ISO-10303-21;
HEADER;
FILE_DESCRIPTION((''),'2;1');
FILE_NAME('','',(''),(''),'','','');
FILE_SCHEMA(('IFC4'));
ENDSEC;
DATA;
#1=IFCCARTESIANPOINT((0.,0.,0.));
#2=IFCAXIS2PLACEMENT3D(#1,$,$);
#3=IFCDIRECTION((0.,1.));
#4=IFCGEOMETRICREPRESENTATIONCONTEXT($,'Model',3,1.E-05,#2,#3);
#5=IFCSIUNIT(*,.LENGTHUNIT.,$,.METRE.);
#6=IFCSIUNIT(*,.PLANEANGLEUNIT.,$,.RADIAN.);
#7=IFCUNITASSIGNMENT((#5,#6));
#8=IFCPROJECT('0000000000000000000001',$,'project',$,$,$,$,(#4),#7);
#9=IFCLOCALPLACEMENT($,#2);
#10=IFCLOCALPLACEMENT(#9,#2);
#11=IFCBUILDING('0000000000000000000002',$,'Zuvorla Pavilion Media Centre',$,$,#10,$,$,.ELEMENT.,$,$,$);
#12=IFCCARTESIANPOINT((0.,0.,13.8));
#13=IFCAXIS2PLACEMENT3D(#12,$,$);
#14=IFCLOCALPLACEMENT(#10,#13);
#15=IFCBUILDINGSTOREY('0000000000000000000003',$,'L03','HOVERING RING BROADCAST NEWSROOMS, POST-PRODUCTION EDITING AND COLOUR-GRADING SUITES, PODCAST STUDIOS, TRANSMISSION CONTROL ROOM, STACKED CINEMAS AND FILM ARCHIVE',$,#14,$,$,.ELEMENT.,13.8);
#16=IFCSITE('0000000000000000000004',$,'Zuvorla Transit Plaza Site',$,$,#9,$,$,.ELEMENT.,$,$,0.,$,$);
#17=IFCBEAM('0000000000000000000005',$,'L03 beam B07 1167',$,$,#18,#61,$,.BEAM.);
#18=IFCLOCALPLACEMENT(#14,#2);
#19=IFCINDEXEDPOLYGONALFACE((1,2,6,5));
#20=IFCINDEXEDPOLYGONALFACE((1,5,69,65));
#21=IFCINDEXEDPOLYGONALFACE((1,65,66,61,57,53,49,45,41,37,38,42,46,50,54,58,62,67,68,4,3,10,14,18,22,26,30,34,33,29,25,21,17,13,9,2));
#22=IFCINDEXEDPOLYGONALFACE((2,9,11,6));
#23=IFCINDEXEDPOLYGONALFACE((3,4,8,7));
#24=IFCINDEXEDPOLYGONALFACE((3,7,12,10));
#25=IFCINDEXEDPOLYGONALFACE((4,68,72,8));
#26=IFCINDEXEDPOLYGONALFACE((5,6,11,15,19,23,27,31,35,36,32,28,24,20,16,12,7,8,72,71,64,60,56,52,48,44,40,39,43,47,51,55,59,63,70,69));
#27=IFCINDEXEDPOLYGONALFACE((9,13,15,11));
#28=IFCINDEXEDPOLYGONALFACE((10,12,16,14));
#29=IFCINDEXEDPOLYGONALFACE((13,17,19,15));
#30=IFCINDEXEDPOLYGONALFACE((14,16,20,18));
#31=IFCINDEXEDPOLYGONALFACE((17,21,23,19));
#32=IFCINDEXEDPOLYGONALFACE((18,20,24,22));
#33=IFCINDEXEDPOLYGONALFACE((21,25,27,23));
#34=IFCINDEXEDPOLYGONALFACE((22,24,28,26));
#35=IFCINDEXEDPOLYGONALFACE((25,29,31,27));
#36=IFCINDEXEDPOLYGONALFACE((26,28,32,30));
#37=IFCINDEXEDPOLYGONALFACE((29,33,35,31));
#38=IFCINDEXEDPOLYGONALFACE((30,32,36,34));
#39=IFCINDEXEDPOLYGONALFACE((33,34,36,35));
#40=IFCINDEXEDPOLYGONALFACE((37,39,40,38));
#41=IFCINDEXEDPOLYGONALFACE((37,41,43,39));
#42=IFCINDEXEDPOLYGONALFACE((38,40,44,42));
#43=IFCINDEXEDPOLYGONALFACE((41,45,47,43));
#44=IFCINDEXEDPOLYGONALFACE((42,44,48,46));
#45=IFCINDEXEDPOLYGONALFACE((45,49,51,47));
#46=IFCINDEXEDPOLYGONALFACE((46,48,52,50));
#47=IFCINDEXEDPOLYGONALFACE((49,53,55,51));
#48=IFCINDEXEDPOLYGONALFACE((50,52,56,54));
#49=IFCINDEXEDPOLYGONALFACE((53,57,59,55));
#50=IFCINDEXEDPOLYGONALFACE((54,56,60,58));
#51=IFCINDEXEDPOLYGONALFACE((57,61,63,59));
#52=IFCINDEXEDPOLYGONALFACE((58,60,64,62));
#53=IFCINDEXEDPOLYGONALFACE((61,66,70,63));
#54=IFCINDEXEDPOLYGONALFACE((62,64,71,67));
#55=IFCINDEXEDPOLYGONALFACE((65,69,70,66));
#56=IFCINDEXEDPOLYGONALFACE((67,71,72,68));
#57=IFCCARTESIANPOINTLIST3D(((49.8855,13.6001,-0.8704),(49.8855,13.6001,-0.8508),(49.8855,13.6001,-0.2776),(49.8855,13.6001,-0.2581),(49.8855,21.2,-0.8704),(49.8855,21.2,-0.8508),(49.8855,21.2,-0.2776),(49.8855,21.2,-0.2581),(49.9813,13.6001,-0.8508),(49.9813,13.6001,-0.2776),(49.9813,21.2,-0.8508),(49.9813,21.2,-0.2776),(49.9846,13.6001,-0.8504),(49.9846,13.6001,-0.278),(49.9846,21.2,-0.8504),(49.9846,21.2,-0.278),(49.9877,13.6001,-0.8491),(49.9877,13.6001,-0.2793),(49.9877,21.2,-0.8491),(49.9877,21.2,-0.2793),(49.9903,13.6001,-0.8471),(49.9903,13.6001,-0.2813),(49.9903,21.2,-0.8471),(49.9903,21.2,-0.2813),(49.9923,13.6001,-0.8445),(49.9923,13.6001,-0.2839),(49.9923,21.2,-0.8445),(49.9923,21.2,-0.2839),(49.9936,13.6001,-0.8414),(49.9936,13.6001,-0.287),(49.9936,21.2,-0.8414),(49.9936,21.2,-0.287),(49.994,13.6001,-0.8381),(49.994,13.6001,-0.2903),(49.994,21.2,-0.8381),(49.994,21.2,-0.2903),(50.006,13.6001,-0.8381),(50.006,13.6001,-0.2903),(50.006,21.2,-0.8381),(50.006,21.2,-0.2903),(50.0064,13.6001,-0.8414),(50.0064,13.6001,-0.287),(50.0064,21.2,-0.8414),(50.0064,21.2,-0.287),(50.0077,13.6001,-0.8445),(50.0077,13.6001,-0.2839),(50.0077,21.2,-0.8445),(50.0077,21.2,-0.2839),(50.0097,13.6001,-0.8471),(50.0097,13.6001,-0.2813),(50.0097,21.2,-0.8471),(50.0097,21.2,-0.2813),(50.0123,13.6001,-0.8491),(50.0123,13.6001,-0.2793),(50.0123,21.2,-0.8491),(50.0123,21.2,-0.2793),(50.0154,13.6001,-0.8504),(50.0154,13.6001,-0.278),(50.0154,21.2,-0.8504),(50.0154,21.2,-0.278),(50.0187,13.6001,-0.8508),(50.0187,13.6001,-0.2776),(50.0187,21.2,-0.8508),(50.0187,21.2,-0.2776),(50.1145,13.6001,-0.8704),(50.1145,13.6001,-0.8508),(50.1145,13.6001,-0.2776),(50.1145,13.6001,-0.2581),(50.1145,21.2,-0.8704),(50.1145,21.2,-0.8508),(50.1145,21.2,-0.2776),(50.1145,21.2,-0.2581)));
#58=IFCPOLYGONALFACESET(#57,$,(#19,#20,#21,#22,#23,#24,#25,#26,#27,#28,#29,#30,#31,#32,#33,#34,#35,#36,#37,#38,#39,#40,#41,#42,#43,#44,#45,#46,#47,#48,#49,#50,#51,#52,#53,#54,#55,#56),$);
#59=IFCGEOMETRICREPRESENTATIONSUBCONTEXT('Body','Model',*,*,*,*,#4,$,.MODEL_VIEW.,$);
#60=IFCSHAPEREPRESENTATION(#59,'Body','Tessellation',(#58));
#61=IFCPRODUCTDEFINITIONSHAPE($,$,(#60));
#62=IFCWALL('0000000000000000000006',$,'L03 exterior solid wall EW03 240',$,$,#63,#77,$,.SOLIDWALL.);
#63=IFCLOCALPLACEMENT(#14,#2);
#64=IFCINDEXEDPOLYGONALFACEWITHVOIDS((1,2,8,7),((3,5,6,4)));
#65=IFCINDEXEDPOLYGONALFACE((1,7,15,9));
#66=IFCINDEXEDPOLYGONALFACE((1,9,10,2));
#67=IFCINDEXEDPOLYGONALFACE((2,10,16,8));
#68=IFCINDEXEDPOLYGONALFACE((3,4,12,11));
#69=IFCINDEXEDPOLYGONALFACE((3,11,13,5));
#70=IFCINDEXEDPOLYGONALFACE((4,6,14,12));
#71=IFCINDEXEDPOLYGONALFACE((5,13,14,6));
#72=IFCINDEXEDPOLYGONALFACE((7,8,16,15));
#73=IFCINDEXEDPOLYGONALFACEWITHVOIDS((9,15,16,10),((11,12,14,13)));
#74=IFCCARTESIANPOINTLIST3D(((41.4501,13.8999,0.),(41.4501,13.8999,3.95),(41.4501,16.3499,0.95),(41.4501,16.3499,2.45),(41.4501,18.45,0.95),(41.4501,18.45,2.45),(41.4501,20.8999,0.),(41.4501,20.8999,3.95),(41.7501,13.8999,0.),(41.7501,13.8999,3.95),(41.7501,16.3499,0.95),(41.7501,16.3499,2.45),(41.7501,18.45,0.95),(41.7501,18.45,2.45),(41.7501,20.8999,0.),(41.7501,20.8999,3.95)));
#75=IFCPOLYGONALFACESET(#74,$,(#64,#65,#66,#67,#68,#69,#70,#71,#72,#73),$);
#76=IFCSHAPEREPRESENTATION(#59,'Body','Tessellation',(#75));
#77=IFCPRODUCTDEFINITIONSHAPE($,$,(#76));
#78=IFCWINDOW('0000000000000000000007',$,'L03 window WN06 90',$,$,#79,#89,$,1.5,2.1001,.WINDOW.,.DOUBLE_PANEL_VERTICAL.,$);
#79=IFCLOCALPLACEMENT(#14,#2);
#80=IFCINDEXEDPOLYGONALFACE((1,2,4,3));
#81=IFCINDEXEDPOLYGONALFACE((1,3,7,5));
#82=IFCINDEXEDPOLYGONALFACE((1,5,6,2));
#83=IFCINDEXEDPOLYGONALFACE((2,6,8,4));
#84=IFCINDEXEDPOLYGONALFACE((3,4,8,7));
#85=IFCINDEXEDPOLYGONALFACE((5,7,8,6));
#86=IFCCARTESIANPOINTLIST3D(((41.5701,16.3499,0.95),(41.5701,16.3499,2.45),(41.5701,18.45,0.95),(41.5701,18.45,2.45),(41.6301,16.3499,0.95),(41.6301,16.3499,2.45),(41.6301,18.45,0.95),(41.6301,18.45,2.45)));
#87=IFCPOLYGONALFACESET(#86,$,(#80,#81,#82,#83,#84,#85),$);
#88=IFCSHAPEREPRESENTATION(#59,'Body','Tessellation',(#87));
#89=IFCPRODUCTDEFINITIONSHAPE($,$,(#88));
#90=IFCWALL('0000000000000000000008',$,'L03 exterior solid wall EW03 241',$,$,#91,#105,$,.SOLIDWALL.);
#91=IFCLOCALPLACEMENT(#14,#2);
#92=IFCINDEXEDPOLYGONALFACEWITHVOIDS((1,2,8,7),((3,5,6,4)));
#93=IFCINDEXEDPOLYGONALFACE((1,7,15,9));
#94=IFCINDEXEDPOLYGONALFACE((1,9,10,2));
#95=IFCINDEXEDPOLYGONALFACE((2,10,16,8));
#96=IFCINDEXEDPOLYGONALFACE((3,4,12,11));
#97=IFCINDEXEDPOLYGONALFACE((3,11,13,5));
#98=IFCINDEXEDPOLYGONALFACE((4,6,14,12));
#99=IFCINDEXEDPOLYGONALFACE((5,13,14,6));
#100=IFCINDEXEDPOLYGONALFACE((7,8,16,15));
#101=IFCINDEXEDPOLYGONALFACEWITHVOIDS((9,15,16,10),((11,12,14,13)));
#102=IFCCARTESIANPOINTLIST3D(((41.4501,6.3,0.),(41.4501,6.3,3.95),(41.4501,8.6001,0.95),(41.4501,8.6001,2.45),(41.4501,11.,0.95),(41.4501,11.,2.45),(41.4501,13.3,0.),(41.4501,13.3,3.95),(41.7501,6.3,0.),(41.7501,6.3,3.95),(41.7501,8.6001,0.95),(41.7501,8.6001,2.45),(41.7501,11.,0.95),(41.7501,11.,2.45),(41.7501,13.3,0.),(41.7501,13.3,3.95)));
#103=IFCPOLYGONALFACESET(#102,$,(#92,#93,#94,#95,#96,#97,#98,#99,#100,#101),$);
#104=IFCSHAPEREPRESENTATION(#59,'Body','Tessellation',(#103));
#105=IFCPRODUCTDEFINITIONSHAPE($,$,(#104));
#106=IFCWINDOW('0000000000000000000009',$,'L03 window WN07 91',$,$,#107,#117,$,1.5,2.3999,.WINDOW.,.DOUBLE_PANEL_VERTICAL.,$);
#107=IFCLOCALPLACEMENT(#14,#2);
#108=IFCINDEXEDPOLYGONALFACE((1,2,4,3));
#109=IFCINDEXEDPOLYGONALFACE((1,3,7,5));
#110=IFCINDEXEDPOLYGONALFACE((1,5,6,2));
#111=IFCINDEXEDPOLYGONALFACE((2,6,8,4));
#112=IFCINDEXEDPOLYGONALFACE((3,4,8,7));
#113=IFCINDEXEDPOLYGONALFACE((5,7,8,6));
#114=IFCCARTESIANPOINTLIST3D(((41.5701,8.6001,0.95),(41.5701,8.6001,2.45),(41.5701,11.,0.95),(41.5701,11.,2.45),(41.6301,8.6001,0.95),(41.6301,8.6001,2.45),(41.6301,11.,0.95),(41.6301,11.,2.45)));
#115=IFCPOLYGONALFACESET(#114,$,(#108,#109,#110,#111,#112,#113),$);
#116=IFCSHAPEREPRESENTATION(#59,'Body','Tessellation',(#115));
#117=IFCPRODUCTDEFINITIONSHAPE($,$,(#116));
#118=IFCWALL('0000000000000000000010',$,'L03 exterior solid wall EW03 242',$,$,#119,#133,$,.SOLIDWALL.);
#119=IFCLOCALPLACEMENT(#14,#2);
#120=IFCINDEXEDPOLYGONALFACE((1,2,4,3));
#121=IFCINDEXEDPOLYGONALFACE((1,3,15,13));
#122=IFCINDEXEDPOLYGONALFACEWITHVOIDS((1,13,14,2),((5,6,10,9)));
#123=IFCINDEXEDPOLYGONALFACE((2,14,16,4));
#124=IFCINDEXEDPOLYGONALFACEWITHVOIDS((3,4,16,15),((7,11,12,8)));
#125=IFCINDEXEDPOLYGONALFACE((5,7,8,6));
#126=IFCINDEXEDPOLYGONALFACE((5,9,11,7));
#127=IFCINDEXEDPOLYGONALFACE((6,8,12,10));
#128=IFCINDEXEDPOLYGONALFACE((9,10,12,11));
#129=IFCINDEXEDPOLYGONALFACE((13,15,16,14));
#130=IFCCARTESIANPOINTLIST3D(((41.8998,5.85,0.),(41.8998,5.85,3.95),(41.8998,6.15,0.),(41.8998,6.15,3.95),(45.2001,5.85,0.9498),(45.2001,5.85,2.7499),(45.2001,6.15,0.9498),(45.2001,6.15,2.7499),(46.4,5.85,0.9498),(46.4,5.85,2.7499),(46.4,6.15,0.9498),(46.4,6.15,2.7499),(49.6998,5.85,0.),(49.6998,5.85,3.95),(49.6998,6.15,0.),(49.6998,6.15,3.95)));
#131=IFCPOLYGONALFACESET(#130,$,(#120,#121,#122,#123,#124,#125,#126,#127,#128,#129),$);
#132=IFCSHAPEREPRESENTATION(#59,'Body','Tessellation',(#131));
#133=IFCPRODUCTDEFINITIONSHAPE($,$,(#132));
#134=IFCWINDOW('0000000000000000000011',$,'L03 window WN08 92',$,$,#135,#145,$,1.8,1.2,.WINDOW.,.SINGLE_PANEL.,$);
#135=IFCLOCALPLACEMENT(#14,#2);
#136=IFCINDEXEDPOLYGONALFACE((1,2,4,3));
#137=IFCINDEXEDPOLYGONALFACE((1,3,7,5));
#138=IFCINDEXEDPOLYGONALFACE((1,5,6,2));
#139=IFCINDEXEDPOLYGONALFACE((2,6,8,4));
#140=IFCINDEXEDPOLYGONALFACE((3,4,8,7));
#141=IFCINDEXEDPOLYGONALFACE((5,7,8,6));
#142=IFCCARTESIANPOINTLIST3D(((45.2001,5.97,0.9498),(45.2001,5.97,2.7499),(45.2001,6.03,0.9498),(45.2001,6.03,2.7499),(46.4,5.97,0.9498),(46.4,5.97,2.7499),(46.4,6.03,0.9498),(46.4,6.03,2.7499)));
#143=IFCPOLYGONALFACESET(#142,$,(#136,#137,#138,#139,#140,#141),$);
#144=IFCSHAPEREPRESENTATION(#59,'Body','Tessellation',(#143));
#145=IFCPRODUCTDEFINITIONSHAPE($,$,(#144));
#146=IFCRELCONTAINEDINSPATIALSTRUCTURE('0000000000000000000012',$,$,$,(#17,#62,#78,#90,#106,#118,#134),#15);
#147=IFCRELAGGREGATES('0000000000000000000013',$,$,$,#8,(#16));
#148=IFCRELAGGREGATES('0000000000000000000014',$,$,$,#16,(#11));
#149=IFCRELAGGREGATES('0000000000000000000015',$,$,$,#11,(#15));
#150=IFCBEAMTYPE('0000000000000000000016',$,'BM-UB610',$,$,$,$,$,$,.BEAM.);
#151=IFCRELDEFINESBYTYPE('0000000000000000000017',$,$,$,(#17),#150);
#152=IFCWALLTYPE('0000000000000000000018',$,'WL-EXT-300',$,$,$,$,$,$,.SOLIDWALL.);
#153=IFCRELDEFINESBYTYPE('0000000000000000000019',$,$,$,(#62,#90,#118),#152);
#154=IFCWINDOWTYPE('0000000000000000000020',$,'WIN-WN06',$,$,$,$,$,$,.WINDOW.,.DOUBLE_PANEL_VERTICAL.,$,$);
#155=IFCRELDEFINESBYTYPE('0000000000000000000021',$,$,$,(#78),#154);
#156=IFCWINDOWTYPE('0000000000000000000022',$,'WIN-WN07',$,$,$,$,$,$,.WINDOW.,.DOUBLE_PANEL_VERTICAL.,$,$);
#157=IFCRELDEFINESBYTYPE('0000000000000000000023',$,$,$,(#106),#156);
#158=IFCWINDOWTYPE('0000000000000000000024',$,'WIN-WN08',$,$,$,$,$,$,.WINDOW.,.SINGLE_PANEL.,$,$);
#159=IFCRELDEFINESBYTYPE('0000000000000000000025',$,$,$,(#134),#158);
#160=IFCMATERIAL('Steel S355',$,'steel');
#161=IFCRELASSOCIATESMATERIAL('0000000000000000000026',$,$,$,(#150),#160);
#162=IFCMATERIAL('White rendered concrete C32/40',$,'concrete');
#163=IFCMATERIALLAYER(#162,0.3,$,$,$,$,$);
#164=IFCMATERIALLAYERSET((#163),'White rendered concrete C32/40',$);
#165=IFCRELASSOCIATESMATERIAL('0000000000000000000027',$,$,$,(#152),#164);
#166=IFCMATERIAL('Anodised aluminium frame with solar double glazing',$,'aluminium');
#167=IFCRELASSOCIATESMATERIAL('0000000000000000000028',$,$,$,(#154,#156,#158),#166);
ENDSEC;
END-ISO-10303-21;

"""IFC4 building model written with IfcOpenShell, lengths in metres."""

from ifc_helpers import new_model, si_unit, direction, frame, frame_2d, origin, origin_2d, place, context, subcontext, project, spatial, rectangle, i_section, extrude, material, layer, layer_set, material_profile, profile_set, type_object, element, fill, save


model = new_model("IFC4")

# Units and contexts
model_context = context("Model", 3, precision=1e-05, world=origin(), true_north=direction((0.0, 1.0)))
body_context = subcontext(model_context, "Body", "Model", "MODEL_VIEW")
ifc_project = project(units=[si_unit("LENGTHUNIT", "METRE"), si_unit("PLANEANGLEUNIT", "RADIAN")], contexts=[model_context])

# Site, building, storey
site_placement = place(None, origin())
site = spatial("IfcSite", under=ifc_project, at=site_placement, Name="Zuvorla Transit Plaza Site", CompositionType="ELEMENT", RefElevation=0.0)
building_placement = place(site_placement, origin())
building = spatial("IfcBuilding", under=site, at=building_placement, Name="Zuvorla Pavilion Media Centre", CompositionType="ELEMENT")
storey_placement = place(building_placement, frame((0.0, 0.0, 13.8)))
storey = spatial("IfcBuildingStorey", under=building, at=storey_placement, Name="L03", Description="HOVERING RING BROADCAST NEWSROOMS, POST-PRODUCTION EDITING AND COLOUR-GRADING SUITES, PODCAST STUDIOS, TRANSMISSION CONTROL ROOM, STACKED CINEMAS AND FILM ARCHIVE", CompositionType="ELEMENT", Elevation=13.8)

# Beam
ifc_material_1 = material(Name="Steel S355", Category="steel")
ifc_material_profile_1 = material_profile(ifc_material_1, i_section(OverallWidth=0.229, OverallDepth=0.6123, WebThickness=0.012, FlangeThickness=0.0195, FilletRadius=0.0127, at=origin_2d()), Name="UB 610x229x125")
ifc_profile_set_1 = profile_set([ifc_material_profile_1], Name="Steel S355")
beam_type_1 = type_object("IfcBeamType", Name="BM-UB610", PredefinedType="BEAM", material=ifc_profile_set_1)
beam_1_placement = place(storey_placement, frame((50.0, 13.6001, -0.5642), z_axis=(0.0, 1.0, 0.0), x_axis=(-1.0, 0.0, 0.0)))
element("IfcBeam", 1, at=beam_1_placement, inside=storey, type_object=beam_type_1, Name="L03 beam B07 1167", PredefinedType="BEAM", context=body_context, shape_type="SweptSolid", body=[
    extrude(i_section(OverallWidth=0.229, OverallDepth=0.6123, WebThickness=0.012, FlangeThickness=0.0195, FilletRadius=0.0127, at=origin_2d()), origin(), (0.0, 0.0, 1.0), 7.5999),
])

# Walls, openings, windows
ifc_material_2 = material(Name="White rendered concrete C32/40", Category="concrete")
ifc_layer = layer(ifc_material_2, 0.3)
ifc_layer_set = layer_set([ifc_layer], Name="White rendered concrete C32/40")
wall_type = type_object("IfcWallType", Name="WL-EXT-300", PredefinedType="SOLIDWALL", material=ifc_layer_set)
wall_1_placement = place(storey_placement, frame((41.6001, 20.8999, 0.0), z_axis=(0.0, 0.0, 1.0), x_axis=(0.0, -1.0, 0.0)))
wall_1 = element("IfcWall", 2, at=wall_1_placement, inside=storey, type_object=wall_type, Name="L03 exterior solid wall EW03 240", PredefinedType="SOLIDWALL", context=body_context, shape_type="SweptSolid", body=[
    extrude(rectangle(XDim=7.0, YDim=0.3, at=frame_2d((3.5, 0.0))), origin(), (0.0, 0.0, 1.0), 3.95),
])
opening_1_placement = place(wall_1_placement, frame((2.45, 0.0, 0.95)))
opening_1 = element("IfcOpeningElement", 3, at=opening_1_placement, cuts=wall_1, PredefinedType="OPENING", context=body_context, shape_type="SweptSolid", body=[
    extrude(rectangle(XDim=2.1001, YDim=1.5, at=frame_2d((1.05, 0.75))), frame((0.0, 0.1599, 0.0), z_axis=(0.0, -1.0, 0.0), x_axis=(1.0, 0.0, 0.0)), (0.0, 0.0, 1.0), 0.3201),
])
ifc_material_3 = material(Name="Anodised aluminium frame with solar double glazing", Category="aluminium")
window_type_1 = type_object("IfcWindowType", Name="WIN-WN06", PartitioningType="DOUBLE_PANEL_VERTICAL", PredefinedType="WINDOW", material=ifc_material_3)
window_1_placement = place(opening_1_placement, origin())
window_1 = element("IfcWindow", 4, at=window_1_placement, inside=storey, type_object=window_type_1, Name="L03 window WN06 90", OverallHeight=1.5, OverallWidth=2.1001, PartitioningType="DOUBLE_PANEL_VERTICAL", PredefinedType="WINDOW", context=body_context, shape_type="SweptSolid", body=[
    extrude(rectangle(XDim=2.1001, YDim=1.5, at=frame_2d((1.05, 0.75))), frame((0.0, 0.03, 0.0), z_axis=(0.0, -1.0, 0.0), x_axis=(1.0, 0.0, 0.0)), (0.0, 0.0, 1.0), 0.0601),
])
fill(opening_1, window_1)
wall_2_placement = place(storey_placement, frame((41.6001, 13.3, 0.0), z_axis=(0.0, 0.0, 1.0), x_axis=(0.0, -1.0, 0.0)))
wall_2 = element("IfcWall", 5, at=wall_2_placement, inside=storey, type_object=wall_type, Name="L03 exterior solid wall EW03 241", PredefinedType="SOLIDWALL", context=body_context, shape_type="SweptSolid", body=[
    extrude(rectangle(XDim=7.0, YDim=0.3, at=frame_2d((3.5, 0.0))), origin(), (0.0, 0.0, 1.0), 3.95),
])
opening_2_placement = place(wall_2_placement, frame((2.3, 0.0, 0.95)))
opening_2 = element("IfcOpeningElement", 6, at=opening_2_placement, cuts=wall_2, PredefinedType="OPENING", context=body_context, shape_type="SweptSolid", body=[
    extrude(rectangle(XDim=2.3999, YDim=1.5, at=frame_2d((1.2, 0.75))), frame((0.0, 0.1599, 0.0), z_axis=(0.0, -1.0, 0.0), x_axis=(1.0, 0.0, 0.0)), (0.0, 0.0, 1.0), 0.3201),
])
window_type_2 = type_object("IfcWindowType", Name="WIN-WN07", PartitioningType="DOUBLE_PANEL_VERTICAL", PredefinedType="WINDOW", material=ifc_material_3)
window_2_placement = place(opening_2_placement, origin())
window_2 = element("IfcWindow", 7, at=window_2_placement, inside=storey, type_object=window_type_2, Name="L03 window WN07 91", OverallHeight=1.5, OverallWidth=2.3999, PartitioningType="DOUBLE_PANEL_VERTICAL", PredefinedType="WINDOW", context=body_context, shape_type="SweptSolid", body=[
    extrude(rectangle(XDim=2.3999, YDim=1.5, at=frame_2d((1.2, 0.75))), frame((0.0, 0.03, 0.0), z_axis=(0.0, -1.0, 0.0), x_axis=(1.0, 0.0, 0.0)), (0.0, 0.0, 1.0), 0.0601),
])
fill(opening_2, window_2)
wall_3_placement = place(storey_placement, frame((41.8999, 6.0, 0.0), z_axis=(0.0, 0.0, 1.0), x_axis=(1.0, 0.0, 0.0)))
wall_3 = element("IfcWall", 8, at=wall_3_placement, inside=storey, type_object=wall_type, Name="L03 exterior solid wall EW03 242", PredefinedType="SOLIDWALL", context=body_context, shape_type="SweptSolid", body=[
    extrude(rectangle(XDim=7.8, YDim=0.3, at=frame_2d((3.8999, 0.0))), origin(), (0.0, 0.0, 1.0), 3.95),
])
opening_3_placement = place(wall_3_placement, frame((3.3, 0.0, 0.95)))
opening_3 = element("IfcOpeningElement", 9, at=opening_3_placement, cuts=wall_3, PredefinedType="OPENING", context=body_context, shape_type="SweptSolid", body=[
    extrude(rectangle(XDim=1.2, YDim=1.8, at=frame_2d((0.6001, 0.8999))), frame((0.0, 0.1599, 0.0), z_axis=(0.0, -1.0, 0.0), x_axis=(1.0, 0.0, 0.0)), (0.0, 0.0, 1.0), 0.3201),
])
window_type_3 = type_object("IfcWindowType", Name="WIN-WN08", PartitioningType="SINGLE_PANEL", PredefinedType="WINDOW", material=ifc_material_3)
window_3_placement = place(opening_3_placement, origin())
window_3 = element("IfcWindow", 10, at=window_3_placement, inside=storey, type_object=window_type_3, Name="L03 window WN08 92", OverallHeight=1.8, OverallWidth=1.2, PartitioningType="SINGLE_PANEL", PredefinedType="WINDOW", context=body_context, shape_type="SweptSolid", body=[
    extrude(rectangle(XDim=1.2, YDim=1.8, at=frame_2d((0.6001, 0.8999))), frame((0.0, 0.03, 0.0), z_axis=(0.0, -1.0, 0.0), x_axis=(1.0, 0.0, 0.0)), (0.0, 0.0, 1.0), 0.0601),
])
fill(opening_3, window_3)

save(model, "model.ifc")
